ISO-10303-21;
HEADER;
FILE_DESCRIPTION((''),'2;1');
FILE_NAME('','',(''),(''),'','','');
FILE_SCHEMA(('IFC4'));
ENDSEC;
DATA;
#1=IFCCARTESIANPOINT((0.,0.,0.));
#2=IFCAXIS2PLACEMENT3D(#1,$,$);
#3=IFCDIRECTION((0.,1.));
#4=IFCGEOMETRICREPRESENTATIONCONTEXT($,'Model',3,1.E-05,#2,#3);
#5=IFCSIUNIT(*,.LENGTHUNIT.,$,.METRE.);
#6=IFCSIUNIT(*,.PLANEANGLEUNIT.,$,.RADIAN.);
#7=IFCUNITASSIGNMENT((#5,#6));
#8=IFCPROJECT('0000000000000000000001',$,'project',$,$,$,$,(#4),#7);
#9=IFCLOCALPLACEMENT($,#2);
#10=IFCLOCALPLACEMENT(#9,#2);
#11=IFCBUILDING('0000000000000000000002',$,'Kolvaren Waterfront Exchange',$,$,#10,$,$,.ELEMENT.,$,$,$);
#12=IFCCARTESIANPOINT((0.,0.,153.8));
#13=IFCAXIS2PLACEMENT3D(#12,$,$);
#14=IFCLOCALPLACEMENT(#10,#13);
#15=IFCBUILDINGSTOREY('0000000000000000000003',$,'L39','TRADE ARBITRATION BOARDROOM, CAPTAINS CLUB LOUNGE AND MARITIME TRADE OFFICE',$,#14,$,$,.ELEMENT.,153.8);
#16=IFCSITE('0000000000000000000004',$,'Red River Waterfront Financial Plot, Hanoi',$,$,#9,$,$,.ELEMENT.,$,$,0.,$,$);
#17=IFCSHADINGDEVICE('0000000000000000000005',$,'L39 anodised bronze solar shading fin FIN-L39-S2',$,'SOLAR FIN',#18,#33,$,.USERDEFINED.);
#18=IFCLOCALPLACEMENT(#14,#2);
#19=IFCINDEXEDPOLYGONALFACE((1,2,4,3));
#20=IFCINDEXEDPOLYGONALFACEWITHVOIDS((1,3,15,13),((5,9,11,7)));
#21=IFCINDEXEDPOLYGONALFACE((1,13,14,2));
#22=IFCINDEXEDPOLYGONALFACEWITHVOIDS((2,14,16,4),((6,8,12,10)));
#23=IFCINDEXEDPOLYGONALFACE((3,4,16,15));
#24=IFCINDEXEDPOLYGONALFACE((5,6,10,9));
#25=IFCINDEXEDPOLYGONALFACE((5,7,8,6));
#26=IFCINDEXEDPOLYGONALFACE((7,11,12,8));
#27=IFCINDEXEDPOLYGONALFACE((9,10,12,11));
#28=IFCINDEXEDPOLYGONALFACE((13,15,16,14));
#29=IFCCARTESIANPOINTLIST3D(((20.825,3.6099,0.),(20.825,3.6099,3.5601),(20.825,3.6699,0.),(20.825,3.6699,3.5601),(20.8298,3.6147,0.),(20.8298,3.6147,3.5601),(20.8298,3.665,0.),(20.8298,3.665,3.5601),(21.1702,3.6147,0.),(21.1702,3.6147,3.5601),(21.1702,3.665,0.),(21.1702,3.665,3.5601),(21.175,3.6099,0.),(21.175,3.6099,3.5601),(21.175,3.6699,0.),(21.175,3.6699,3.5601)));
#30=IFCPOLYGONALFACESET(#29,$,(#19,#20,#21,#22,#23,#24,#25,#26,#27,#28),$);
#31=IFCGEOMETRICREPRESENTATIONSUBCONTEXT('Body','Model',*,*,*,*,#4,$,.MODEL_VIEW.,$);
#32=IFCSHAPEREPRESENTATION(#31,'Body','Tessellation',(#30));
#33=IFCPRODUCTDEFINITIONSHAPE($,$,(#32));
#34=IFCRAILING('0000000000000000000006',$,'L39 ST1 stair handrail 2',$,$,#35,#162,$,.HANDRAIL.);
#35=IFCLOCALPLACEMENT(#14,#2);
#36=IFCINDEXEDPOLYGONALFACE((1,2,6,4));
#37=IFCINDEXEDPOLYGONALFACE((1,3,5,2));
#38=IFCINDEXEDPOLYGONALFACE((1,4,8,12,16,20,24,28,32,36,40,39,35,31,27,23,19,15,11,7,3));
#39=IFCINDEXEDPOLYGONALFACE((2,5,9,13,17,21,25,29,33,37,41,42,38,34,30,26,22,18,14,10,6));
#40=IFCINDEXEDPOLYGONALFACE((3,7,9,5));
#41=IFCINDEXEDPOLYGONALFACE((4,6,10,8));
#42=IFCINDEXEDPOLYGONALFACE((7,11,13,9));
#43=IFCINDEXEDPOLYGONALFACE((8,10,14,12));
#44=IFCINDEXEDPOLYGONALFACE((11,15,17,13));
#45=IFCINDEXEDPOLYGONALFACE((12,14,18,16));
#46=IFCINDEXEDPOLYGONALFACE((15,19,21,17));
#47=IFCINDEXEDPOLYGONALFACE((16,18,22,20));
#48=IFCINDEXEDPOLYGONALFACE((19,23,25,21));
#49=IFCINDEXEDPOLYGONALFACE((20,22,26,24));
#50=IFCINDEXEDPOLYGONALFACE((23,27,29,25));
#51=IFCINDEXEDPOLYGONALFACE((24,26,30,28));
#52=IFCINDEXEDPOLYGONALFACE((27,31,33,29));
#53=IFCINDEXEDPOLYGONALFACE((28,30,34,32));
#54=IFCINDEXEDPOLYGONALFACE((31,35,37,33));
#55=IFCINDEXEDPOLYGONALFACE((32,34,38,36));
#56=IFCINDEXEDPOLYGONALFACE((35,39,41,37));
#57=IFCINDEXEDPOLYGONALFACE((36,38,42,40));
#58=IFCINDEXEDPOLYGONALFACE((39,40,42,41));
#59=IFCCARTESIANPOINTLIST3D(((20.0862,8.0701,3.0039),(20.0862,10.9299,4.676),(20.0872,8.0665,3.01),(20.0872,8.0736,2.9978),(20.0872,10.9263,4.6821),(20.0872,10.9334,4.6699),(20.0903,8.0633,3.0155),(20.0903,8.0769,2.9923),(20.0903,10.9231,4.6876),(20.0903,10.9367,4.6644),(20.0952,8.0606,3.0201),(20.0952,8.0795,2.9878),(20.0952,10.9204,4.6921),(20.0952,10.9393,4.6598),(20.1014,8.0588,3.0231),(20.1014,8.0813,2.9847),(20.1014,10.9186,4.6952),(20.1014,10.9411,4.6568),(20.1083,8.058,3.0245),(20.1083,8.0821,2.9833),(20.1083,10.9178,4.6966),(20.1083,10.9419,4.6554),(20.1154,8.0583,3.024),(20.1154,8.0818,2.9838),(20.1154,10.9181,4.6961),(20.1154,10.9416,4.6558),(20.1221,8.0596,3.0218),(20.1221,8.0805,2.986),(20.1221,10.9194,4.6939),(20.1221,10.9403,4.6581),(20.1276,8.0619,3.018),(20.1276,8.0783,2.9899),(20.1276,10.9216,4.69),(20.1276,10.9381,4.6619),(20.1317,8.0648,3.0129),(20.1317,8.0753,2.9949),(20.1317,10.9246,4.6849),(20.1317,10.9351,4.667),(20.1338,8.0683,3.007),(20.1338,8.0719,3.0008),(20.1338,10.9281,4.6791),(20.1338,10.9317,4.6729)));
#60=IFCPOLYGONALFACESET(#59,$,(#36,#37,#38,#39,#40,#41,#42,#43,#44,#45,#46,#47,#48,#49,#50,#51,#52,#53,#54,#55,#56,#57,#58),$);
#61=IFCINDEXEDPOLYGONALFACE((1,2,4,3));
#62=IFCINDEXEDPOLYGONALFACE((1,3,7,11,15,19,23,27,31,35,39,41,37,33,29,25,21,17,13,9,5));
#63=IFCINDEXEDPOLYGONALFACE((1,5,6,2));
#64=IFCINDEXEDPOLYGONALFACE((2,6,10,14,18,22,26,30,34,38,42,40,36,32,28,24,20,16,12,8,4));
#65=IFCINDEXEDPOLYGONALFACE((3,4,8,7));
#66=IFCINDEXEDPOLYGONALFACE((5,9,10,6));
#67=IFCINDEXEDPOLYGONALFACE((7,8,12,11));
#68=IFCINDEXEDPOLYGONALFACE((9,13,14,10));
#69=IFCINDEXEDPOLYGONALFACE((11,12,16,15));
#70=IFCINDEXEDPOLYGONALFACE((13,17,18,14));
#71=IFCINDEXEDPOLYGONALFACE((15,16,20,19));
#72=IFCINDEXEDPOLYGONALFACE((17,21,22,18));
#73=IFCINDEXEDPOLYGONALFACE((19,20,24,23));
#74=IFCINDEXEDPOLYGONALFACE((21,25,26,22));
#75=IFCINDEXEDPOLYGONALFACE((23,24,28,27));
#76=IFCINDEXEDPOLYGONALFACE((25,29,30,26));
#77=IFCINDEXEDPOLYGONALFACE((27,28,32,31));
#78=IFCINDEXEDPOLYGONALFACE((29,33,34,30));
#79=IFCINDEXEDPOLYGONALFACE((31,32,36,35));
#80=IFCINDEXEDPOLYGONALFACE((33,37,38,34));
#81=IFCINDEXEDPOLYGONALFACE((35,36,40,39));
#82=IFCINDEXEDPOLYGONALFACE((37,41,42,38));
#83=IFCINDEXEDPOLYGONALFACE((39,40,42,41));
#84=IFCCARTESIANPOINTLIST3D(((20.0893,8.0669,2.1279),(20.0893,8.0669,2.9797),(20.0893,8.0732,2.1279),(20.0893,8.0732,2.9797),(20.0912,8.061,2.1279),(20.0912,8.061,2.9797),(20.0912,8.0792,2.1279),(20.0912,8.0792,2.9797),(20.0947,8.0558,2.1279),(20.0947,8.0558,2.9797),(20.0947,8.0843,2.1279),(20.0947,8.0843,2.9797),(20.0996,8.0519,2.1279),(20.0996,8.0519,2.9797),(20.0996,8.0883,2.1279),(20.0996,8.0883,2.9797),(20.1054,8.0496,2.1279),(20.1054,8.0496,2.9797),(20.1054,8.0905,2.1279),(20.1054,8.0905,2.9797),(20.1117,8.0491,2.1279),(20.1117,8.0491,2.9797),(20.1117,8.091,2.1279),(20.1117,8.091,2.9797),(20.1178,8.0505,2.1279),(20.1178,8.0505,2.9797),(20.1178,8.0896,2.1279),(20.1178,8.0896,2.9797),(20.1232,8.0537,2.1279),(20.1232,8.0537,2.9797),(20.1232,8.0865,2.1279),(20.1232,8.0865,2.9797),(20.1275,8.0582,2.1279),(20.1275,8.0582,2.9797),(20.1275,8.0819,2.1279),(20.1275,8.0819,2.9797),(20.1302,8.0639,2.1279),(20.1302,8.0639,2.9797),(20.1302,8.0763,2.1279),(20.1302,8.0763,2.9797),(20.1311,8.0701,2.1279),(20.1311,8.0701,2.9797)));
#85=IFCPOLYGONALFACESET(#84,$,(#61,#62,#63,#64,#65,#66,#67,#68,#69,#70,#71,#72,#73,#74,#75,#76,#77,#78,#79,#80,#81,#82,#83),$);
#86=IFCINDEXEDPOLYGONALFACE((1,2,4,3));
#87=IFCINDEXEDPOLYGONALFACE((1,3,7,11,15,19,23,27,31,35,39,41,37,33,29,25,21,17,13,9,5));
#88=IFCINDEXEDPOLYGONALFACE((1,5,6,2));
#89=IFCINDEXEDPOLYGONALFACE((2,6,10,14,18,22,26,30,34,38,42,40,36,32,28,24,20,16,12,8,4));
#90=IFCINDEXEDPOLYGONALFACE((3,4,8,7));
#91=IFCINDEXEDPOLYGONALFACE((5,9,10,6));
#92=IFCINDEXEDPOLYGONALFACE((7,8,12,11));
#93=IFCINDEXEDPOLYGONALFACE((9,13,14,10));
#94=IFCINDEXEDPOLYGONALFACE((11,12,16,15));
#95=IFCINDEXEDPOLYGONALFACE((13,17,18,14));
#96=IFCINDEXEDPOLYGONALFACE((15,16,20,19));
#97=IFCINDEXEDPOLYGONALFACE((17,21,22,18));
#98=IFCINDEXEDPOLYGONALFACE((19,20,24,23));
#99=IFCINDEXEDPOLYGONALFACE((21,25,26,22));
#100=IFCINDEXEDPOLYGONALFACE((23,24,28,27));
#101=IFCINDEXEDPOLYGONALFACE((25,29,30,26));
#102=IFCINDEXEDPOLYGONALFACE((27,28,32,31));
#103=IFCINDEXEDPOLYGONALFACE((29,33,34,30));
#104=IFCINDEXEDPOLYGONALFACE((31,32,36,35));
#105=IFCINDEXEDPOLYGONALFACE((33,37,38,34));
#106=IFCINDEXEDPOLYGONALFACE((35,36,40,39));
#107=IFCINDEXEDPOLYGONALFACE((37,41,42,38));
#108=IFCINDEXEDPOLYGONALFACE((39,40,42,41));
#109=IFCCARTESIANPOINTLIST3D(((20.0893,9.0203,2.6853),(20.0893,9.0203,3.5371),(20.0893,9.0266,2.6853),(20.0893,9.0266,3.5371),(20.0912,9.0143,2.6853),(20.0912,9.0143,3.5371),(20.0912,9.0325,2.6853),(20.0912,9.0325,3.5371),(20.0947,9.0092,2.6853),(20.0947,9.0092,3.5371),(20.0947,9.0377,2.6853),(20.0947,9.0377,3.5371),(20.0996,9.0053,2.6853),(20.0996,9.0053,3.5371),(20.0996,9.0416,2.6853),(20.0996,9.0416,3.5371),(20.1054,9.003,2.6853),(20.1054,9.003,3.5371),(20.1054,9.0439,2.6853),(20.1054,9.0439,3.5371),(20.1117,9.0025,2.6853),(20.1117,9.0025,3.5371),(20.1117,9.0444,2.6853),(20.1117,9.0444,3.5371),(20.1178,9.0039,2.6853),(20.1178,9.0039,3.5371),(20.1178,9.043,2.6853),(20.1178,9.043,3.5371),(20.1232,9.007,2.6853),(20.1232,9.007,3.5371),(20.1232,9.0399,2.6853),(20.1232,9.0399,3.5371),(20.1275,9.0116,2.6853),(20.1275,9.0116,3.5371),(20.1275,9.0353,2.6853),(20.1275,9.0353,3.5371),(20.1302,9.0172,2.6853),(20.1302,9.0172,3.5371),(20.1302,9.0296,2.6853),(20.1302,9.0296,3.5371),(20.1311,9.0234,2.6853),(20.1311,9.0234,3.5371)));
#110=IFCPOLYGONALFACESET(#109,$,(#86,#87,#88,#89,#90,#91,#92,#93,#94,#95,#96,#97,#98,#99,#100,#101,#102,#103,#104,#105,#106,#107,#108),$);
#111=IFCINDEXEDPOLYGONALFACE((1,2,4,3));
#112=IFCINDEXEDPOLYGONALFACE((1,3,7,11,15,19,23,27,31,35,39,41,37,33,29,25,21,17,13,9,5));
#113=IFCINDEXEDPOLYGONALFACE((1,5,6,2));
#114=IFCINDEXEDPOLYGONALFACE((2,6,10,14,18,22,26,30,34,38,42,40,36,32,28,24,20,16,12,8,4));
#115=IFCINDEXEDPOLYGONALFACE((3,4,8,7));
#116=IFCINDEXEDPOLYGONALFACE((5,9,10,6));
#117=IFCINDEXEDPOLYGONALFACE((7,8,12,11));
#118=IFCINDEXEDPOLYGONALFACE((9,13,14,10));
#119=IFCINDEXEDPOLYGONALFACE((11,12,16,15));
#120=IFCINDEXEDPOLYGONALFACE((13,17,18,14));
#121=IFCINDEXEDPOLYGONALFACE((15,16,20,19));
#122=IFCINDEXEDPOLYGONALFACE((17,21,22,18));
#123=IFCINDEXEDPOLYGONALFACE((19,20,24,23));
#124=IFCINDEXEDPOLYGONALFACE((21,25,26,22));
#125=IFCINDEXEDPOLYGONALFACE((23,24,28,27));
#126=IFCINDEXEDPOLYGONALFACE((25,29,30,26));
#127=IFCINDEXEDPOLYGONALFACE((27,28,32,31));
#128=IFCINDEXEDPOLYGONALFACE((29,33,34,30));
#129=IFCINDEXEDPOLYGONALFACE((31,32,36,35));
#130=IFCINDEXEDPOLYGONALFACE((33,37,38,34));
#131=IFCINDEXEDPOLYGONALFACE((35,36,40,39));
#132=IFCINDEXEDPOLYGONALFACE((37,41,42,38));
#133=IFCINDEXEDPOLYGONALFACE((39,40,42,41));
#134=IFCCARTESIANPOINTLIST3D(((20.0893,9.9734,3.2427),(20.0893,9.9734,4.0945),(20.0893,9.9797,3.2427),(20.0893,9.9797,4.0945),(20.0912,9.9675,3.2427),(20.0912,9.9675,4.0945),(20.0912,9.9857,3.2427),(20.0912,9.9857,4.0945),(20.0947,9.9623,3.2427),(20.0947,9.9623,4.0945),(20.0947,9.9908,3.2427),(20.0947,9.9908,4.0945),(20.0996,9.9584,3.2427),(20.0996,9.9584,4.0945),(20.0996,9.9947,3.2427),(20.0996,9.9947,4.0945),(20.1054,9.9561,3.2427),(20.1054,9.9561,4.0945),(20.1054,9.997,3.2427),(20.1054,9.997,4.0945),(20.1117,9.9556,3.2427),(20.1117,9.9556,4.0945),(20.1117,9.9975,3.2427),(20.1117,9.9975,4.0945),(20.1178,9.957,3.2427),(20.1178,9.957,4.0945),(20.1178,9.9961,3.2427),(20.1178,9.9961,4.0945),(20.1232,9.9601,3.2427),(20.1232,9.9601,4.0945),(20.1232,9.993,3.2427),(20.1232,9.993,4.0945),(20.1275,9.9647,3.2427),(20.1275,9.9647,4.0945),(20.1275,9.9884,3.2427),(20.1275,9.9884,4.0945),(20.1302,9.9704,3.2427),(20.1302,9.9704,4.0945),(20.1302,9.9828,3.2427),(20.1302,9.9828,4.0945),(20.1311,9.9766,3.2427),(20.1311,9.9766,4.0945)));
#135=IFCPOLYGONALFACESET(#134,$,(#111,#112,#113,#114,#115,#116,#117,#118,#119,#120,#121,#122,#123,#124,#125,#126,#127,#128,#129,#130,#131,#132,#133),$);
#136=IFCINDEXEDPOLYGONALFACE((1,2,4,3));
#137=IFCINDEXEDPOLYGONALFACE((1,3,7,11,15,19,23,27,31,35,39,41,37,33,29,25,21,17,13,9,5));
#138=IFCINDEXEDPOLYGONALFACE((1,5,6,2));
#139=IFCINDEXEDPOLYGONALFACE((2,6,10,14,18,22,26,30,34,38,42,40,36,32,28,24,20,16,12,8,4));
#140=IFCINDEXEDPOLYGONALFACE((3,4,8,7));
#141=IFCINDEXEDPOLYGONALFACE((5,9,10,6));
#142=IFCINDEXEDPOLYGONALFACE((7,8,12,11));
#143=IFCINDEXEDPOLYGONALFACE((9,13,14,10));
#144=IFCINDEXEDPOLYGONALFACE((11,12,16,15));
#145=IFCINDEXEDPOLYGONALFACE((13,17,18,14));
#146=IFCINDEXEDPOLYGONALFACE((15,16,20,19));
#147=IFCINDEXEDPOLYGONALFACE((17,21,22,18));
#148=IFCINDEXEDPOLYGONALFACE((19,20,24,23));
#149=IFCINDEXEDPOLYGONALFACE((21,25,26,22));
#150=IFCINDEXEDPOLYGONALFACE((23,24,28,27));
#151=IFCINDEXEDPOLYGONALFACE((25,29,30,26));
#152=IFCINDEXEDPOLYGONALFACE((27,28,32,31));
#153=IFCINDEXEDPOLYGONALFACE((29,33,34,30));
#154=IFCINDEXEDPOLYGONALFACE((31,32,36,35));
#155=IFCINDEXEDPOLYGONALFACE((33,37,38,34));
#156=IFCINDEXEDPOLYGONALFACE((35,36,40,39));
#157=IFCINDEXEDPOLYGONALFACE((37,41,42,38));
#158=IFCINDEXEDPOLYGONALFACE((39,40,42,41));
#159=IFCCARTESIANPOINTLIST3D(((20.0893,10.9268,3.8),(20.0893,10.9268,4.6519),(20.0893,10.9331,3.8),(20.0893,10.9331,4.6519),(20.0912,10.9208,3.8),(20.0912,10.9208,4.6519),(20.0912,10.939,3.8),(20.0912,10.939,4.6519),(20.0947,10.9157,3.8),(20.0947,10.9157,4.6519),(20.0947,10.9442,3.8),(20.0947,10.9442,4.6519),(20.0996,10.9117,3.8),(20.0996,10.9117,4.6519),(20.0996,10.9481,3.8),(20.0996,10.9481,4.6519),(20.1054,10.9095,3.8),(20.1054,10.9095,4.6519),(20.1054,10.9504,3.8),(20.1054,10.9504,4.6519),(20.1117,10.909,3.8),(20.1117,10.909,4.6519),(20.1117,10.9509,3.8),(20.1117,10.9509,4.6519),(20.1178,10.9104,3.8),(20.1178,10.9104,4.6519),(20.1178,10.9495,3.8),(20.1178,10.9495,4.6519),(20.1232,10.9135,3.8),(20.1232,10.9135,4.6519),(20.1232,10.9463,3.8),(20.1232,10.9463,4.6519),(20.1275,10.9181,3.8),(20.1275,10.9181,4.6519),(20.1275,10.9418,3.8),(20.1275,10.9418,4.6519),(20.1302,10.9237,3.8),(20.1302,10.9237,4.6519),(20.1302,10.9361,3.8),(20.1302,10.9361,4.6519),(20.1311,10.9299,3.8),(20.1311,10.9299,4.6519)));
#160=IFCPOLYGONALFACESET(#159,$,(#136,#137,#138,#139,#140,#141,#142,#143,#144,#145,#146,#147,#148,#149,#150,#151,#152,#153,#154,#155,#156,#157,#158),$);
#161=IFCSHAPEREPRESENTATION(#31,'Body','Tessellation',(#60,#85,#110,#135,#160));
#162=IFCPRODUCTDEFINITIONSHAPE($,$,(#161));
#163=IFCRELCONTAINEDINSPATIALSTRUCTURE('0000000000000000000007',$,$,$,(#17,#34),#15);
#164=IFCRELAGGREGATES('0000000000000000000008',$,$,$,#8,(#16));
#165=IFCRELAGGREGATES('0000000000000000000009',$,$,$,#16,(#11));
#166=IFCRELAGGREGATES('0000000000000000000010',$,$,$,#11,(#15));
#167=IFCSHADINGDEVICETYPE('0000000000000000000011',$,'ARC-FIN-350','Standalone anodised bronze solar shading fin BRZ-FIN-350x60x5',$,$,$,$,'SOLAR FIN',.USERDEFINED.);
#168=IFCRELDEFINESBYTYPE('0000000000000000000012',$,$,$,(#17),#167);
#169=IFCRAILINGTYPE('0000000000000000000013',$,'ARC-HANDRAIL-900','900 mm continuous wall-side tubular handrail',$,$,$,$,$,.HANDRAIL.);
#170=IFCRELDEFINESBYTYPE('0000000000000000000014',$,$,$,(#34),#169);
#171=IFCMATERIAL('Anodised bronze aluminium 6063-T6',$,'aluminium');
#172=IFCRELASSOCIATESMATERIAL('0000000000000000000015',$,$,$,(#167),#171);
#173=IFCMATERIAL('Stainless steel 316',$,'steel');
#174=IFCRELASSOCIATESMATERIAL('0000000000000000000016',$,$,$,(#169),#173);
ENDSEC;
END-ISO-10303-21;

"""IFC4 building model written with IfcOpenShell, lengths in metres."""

from ifc_helpers import new_model, si_unit, direction, frame, origin, origin_2d, place, context, subcontext, project, spatial, hollow_rectangle, circle, extrude, material, material_profile, profile_set, type_object, element, save


model = new_model("IFC4")

# Units and contexts
model_context = context("Model", 3, precision=1e-05, world=origin(), true_north=direction((0.0, 1.0)))
body_context = subcontext(model_context, "Body", "Model", "MODEL_VIEW")
ifc_project = project(units=[si_unit("LENGTHUNIT", "METRE"), si_unit("PLANEANGLEUNIT", "RADIAN")], contexts=[model_context])

# Site, building, storey
site_placement = place(None, origin())
site = spatial("IfcSite", under=ifc_project, at=site_placement, Name="Red River Waterfront Financial Plot, Hanoi", CompositionType="ELEMENT", RefElevation=0.0)
building_placement = place(site_placement, origin())
building = spatial("IfcBuilding", under=site, at=building_placement, Name="Kolvaren Waterfront Exchange", CompositionType="ELEMENT")
storey_placement = place(building_placement, frame((0.0, 0.0, 153.8)))
storey = spatial("IfcBuildingStorey", under=building, at=storey_placement, Name="L39", Description="TRADE ARBITRATION BOARDROOM, CAPTAINS CLUB LOUNGE AND MARITIME TRADE OFFICE", CompositionType="ELEMENT", Elevation=153.8)

# Shared definitions
ifc_material_1 = material(Name="Anodised bronze aluminium 6063-T6", Category="aluminium")

# Shading device
ifc_material_profile_1 = material_profile(ifc_material_1, hollow_rectangle(XDim=0.0601, YDim=0.3501, WallThickness=0.0049, at=origin_2d()), Name="BRZ-FIN-350x60x5")
ifc_profile_set_1 = profile_set([ifc_material_profile_1], Name="Anodised bronze aluminium 6063-T6")
shading_device_type = type_object("IfcShadingDeviceType", Name="ARC-FIN-350", Description="Standalone anodised bronze solar shading fin BRZ-FIN-350x60x5", ElementType="SOLAR FIN", PredefinedType="USERDEFINED", material=ifc_profile_set_1)
shading_device_placement = place(storey_placement, frame((21.0, 3.6399, 0.0), z_axis=(0.0, 0.0, 1.0), x_axis=(0.0, -1.0, 0.0)))
element("IfcShadingDevice", 1, at=shading_device_placement, inside=storey, type_object=shading_device_type, Name="L39 anodised bronze solar shading fin FIN-L39-S2", ObjectType="SOLAR FIN", PredefinedType="USERDEFINED", context=body_context, shape_type="SweptSolid", body=[
    extrude(hollow_rectangle(XDim=0.0601, YDim=0.3501, WallThickness=0.0049, at=origin_2d()), origin(), (0.0, 0.0, 1.0), 3.5601),
])

# Railing
ifc_material_2 = material(Name="Stainless steel 316", Category="steel")
railing_type = type_object("IfcRailingType", Name="ARC-HANDRAIL-900", Description="900 mm continuous wall-side tubular handrail", PredefinedType="HANDRAIL", material=ifc_material_2)
railing_1_placement = place(storey_placement, frame((20.1101, 8.0701, 2.1279)))
element("IfcRailing", 2, at=railing_1_placement, inside=storey, type_object=railing_type, Name="L39 ST1 stair handrail 2", PredefinedType="HANDRAIL", context=body_context, shape_type="SweptSolid", body=[
    extrude(circle(Radius=0.0239, at=origin_2d()), frame((0.0, 0.0, 0.876), z_axis=(0.0, 0.863271, 0.504741), x_axis=(-1.0, 0.0, 0.0)), (0.0, 0.0, 1.0), 3.3127),
    extrude(circle(Radius=0.021, at=origin_2d()), origin(), (0.0, 0.0, 1.0), 0.8518),
    extrude(circle(Radius=0.021, at=origin_2d()), frame((0.0, 0.9534, 0.5574)), (0.0, 0.0, 1.0), 0.8518),
    extrude(circle(Radius=0.021, at=origin_2d()), frame((0.0, 1.9065, 1.1147)), (0.0, 0.0, 1.0), 0.8518),
    extrude(circle(Radius=0.021, at=origin_2d()), frame((0.0, 2.8599, 1.6721)), (0.0, 0.0, 1.0), 0.8518),
])

save(model, "model.ifc")
